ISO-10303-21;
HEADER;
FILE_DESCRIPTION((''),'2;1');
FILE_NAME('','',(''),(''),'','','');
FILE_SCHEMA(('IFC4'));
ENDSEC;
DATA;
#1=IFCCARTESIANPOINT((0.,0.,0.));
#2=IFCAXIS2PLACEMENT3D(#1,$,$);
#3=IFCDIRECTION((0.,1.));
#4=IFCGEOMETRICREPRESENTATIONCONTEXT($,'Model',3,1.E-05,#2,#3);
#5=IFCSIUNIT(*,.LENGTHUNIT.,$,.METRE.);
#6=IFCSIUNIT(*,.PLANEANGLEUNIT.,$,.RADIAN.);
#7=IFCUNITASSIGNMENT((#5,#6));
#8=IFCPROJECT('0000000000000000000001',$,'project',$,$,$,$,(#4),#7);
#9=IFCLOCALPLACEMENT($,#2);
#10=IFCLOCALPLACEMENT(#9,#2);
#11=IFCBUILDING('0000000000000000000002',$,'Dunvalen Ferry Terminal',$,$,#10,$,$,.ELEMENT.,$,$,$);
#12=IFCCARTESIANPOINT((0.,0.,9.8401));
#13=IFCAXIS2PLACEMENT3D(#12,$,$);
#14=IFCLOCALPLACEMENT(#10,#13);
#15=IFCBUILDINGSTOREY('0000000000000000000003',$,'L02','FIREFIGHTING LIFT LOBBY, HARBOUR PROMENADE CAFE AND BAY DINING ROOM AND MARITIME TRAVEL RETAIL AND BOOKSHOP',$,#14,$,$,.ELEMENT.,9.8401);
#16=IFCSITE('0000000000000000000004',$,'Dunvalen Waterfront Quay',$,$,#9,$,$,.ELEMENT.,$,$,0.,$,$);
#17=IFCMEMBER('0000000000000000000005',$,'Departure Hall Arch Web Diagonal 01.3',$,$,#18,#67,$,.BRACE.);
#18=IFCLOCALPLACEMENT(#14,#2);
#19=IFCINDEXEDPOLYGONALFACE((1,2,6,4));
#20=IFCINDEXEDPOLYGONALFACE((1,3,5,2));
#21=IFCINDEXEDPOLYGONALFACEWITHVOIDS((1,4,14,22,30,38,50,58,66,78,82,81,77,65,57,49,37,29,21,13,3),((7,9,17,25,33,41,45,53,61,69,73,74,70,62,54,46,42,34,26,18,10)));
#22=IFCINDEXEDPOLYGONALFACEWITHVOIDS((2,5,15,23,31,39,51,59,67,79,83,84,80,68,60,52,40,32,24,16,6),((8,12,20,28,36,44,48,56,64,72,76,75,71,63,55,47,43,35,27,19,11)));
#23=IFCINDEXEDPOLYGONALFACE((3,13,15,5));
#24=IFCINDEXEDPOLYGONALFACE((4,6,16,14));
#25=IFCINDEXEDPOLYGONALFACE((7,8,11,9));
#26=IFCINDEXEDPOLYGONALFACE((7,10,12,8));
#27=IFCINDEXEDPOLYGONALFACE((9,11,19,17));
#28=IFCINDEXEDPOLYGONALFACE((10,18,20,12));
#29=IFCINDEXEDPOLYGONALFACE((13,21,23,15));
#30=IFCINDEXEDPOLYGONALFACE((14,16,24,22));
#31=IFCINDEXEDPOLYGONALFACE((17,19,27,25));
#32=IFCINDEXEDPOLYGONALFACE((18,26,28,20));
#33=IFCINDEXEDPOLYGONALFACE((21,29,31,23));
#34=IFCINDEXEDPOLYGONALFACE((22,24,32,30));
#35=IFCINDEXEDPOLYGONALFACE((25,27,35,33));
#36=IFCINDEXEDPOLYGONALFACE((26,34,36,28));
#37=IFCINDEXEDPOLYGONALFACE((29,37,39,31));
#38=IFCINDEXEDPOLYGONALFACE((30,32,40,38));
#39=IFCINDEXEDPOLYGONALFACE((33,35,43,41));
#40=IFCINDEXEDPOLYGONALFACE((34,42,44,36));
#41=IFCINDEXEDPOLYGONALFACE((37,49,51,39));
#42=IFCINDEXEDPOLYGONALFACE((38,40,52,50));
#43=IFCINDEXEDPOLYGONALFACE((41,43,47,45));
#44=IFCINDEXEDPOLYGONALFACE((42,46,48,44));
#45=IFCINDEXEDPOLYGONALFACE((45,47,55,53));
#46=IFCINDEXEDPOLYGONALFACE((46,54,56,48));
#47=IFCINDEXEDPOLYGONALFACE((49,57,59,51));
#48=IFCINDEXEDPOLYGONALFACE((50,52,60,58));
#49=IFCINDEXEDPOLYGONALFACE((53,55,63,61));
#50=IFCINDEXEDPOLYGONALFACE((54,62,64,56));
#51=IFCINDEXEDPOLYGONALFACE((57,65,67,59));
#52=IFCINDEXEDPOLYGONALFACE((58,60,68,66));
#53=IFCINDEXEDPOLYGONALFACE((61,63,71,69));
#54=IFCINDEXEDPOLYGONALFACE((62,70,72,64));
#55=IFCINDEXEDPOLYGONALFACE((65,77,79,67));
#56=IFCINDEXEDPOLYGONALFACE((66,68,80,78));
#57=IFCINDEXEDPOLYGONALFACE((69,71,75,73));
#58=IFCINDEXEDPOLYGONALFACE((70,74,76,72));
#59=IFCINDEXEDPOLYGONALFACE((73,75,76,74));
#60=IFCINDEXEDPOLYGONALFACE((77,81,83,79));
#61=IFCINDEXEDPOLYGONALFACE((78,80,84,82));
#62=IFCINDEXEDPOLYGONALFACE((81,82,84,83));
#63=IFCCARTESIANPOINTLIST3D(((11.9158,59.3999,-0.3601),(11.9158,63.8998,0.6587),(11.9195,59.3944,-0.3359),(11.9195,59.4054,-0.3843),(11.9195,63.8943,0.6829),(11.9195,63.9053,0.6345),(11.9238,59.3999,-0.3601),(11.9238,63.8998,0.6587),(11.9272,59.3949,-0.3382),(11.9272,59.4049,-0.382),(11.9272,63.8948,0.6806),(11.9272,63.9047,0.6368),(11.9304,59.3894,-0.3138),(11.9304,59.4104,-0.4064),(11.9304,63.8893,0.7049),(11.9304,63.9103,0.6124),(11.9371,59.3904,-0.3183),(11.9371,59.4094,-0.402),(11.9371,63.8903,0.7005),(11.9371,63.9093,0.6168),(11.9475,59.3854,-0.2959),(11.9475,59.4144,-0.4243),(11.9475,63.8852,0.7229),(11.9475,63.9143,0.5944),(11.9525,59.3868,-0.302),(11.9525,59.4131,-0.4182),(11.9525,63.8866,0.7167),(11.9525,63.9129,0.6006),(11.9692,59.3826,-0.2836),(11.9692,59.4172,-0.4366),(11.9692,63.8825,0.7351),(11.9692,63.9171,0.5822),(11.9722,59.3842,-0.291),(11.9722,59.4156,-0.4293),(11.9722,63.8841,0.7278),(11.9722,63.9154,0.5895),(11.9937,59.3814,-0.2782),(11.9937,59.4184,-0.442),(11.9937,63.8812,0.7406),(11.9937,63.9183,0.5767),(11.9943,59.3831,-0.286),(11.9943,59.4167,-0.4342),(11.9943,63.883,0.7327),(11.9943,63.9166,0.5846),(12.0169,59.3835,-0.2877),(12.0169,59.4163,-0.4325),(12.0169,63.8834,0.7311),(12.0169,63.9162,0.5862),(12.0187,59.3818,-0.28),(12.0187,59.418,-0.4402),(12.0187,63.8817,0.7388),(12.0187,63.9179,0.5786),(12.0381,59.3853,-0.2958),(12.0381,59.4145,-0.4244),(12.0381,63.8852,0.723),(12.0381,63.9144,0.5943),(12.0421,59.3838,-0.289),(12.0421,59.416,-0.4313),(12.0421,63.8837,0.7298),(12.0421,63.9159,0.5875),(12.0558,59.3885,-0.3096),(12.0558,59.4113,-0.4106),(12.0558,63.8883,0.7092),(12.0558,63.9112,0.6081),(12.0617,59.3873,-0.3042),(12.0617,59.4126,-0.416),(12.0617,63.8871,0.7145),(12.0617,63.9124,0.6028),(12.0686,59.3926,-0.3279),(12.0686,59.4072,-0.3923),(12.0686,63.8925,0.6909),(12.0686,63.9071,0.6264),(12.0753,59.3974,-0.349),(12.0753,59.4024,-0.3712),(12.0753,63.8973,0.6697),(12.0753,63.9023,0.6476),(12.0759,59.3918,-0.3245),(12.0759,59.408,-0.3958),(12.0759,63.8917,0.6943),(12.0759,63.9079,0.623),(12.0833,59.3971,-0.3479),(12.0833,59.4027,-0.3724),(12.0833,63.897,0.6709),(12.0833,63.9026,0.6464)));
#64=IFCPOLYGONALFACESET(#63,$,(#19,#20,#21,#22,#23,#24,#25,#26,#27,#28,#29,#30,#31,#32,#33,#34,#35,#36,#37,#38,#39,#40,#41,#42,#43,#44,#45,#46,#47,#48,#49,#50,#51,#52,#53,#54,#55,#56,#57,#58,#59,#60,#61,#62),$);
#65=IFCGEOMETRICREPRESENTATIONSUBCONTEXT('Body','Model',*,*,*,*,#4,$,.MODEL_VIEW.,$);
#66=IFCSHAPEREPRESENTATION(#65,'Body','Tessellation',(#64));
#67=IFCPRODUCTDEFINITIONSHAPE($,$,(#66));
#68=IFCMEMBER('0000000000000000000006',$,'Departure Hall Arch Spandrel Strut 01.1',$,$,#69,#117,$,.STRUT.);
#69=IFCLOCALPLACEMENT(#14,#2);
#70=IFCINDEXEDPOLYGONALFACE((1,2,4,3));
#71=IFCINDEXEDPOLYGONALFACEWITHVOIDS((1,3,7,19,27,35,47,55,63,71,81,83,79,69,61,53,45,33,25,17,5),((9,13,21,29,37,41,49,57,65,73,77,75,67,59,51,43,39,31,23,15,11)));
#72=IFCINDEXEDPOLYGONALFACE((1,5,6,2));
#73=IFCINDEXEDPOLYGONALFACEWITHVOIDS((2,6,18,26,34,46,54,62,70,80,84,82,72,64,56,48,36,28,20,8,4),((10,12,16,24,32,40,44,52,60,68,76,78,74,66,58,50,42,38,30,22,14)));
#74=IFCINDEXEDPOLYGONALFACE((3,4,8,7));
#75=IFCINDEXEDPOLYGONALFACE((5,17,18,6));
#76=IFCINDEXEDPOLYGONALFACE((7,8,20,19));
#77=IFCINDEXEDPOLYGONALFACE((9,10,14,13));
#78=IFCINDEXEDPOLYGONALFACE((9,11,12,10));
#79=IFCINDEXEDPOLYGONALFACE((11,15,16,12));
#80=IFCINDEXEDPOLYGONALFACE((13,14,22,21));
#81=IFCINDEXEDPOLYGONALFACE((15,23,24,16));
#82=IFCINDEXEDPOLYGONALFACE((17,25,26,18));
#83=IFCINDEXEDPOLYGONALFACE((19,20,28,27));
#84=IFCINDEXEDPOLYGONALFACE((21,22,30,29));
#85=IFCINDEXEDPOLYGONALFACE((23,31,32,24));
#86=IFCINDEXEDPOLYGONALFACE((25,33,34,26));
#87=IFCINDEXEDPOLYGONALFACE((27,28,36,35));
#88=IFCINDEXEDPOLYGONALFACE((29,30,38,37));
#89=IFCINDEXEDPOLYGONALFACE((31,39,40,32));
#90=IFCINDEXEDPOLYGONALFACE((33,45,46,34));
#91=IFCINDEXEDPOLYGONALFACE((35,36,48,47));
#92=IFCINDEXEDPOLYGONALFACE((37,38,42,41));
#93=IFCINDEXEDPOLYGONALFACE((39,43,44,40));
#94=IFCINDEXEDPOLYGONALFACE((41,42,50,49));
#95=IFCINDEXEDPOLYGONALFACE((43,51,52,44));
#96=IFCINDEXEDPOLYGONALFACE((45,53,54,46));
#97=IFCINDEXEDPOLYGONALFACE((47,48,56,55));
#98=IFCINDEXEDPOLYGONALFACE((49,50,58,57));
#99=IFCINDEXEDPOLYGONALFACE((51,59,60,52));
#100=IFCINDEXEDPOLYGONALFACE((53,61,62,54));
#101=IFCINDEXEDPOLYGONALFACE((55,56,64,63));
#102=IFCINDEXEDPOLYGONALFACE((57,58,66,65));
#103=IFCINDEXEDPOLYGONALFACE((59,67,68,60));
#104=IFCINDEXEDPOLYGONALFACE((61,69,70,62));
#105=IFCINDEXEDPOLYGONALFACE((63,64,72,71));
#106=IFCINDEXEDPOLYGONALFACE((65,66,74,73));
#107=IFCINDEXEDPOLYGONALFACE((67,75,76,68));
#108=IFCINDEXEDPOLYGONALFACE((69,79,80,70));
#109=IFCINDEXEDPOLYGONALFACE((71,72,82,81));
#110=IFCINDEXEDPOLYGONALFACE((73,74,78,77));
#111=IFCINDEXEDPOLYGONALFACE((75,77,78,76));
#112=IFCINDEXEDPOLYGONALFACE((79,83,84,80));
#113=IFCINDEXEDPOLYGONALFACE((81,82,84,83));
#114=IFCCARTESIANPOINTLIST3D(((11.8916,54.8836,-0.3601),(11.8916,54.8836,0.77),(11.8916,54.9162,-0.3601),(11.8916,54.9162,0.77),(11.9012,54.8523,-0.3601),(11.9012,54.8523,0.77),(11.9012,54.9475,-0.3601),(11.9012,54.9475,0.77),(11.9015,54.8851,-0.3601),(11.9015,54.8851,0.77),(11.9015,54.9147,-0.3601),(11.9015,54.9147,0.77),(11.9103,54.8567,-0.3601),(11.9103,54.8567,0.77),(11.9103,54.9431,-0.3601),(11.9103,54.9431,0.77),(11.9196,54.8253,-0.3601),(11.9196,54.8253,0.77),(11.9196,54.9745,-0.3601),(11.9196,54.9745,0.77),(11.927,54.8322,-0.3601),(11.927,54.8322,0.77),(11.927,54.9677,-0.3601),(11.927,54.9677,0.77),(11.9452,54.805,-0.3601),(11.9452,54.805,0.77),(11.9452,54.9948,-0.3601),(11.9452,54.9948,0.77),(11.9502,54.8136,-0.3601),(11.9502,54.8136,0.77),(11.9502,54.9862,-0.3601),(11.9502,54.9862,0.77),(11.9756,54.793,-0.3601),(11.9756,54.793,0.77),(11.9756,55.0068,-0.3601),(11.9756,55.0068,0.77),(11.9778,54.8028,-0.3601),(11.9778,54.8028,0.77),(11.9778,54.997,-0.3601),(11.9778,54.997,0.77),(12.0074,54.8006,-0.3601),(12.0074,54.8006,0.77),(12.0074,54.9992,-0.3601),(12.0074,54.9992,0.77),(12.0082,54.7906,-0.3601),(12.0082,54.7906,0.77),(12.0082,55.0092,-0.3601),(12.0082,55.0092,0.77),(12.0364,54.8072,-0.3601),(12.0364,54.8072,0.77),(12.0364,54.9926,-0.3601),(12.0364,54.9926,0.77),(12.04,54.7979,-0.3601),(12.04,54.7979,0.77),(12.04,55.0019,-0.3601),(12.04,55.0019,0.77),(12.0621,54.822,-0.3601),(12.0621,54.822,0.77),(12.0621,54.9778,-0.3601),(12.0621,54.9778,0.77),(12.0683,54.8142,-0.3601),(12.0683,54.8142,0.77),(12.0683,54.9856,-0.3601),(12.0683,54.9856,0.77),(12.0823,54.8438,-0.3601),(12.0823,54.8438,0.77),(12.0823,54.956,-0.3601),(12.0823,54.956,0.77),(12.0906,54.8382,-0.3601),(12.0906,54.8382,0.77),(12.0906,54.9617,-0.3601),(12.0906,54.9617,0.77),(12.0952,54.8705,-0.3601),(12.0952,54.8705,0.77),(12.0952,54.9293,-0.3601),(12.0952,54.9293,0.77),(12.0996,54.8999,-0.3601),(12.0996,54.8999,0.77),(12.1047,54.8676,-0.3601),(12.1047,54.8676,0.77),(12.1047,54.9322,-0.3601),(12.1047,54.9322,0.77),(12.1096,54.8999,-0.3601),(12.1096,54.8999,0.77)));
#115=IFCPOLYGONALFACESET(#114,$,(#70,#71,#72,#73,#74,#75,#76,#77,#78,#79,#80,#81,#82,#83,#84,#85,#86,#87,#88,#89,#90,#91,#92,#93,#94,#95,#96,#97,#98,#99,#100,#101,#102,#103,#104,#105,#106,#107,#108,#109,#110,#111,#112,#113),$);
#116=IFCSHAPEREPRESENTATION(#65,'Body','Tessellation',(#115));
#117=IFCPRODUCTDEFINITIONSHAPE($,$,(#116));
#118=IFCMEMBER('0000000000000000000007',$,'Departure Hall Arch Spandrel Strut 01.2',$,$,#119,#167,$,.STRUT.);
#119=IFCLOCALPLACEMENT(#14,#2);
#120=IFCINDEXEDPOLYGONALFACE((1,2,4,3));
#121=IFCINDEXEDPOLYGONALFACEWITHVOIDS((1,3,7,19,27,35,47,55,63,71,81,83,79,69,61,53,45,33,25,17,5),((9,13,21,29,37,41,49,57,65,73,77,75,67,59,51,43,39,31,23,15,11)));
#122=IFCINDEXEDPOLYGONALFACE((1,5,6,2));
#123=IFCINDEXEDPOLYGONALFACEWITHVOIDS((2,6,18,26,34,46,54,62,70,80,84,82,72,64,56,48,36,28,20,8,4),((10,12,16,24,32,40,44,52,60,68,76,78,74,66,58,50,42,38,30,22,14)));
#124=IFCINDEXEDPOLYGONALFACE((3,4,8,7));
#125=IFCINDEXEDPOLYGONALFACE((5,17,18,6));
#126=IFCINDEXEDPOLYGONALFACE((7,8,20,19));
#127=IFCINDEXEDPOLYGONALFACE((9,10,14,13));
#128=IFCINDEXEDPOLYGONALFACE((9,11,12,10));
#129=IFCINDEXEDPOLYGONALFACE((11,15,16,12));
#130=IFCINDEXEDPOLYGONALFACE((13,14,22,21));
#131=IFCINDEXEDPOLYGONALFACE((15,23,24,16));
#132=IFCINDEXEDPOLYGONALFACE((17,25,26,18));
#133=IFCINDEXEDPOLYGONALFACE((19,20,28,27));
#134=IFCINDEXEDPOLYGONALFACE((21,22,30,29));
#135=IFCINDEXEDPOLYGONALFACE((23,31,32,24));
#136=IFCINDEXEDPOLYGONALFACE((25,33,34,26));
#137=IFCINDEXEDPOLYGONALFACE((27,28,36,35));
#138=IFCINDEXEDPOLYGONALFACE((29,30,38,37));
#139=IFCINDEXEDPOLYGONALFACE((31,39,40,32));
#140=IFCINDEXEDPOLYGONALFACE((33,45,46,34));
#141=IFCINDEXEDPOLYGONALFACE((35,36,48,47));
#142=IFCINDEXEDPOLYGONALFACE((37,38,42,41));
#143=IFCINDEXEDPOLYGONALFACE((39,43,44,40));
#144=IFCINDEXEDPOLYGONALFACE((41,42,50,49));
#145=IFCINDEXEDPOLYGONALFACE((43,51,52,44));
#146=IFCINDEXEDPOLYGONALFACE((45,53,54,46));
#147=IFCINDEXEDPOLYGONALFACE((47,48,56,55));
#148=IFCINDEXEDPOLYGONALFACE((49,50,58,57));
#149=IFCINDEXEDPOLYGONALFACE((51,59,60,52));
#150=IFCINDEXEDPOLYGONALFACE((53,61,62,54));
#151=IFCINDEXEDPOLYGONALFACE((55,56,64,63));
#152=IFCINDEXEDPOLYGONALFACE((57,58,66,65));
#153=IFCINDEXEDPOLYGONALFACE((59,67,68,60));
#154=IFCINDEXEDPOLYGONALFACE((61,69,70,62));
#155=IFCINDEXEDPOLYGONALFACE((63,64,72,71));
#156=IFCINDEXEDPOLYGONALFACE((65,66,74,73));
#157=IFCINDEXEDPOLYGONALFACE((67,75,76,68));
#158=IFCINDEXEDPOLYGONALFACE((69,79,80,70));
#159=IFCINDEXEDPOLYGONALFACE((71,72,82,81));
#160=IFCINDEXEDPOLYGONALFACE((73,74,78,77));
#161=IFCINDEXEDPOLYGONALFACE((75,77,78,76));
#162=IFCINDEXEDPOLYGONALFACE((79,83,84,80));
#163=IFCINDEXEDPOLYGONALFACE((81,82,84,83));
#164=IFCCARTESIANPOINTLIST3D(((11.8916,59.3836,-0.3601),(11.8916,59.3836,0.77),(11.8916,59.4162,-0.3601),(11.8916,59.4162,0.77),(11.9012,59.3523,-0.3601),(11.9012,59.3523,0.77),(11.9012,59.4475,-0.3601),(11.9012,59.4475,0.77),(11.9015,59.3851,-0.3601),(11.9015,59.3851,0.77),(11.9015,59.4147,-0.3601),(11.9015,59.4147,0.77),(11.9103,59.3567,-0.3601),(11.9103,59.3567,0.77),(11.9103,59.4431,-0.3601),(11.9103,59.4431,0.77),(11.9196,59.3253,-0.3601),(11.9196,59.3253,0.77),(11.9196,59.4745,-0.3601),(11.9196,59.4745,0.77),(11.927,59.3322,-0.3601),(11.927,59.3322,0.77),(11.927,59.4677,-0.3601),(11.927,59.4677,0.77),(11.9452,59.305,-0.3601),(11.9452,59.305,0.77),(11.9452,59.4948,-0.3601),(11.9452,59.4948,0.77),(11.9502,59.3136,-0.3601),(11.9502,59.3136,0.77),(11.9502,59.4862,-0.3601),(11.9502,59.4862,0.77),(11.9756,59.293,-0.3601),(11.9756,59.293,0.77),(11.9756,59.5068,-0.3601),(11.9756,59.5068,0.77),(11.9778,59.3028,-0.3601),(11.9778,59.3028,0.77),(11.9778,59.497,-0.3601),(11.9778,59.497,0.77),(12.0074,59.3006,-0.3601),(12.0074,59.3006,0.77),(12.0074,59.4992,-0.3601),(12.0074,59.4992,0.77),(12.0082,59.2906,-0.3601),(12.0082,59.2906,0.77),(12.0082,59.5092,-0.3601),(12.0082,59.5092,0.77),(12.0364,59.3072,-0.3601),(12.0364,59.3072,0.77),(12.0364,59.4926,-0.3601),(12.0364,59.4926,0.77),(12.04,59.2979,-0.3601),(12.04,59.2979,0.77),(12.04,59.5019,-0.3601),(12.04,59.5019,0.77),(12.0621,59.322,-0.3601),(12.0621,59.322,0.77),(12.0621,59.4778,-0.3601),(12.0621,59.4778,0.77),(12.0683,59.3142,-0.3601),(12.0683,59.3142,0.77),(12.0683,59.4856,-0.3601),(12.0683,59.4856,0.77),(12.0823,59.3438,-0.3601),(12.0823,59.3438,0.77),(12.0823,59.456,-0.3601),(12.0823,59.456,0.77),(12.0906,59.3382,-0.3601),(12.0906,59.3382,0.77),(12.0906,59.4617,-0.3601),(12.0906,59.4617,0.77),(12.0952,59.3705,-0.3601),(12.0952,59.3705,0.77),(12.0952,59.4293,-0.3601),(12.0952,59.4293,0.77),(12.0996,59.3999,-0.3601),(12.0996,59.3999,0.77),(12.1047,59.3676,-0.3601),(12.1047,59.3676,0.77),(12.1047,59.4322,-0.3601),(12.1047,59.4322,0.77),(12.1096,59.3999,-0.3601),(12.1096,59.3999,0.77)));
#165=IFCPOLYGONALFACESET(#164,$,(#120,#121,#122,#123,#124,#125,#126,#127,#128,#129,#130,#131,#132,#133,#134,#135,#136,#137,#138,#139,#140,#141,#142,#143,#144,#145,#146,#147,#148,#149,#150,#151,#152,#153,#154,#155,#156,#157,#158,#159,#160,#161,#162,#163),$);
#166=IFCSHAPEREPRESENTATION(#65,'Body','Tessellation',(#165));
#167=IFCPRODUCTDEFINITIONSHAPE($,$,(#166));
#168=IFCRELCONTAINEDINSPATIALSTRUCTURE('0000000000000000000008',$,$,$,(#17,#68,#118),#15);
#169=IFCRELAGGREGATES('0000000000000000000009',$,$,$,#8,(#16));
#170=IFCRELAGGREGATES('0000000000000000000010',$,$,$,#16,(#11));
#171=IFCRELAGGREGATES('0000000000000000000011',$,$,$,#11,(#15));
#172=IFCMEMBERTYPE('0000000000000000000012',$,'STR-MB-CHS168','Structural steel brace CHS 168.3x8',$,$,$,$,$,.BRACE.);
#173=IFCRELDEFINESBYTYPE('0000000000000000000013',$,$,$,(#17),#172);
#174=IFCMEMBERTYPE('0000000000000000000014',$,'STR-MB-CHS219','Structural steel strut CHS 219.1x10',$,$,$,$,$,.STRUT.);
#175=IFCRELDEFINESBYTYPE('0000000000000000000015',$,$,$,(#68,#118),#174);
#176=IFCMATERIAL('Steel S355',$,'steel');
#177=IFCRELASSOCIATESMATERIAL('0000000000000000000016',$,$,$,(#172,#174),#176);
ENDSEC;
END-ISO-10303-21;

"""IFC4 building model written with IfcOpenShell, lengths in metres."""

from ifc_helpers import new_model, si_unit, direction, frame, origin, origin_2d, place, context, subcontext, project, spatial, hollow_circle, extrude, material, material_profile, profile_set, type_object, element, save


model = new_model("IFC4")

# Units and contexts
model_context = context("Model", 3, precision=1e-05, world=origin(), true_north=direction((0.0, 1.0)))
body_context = subcontext(model_context, "Body", "Model", "MODEL_VIEW")
ifc_project = project(units=[si_unit("LENGTHUNIT", "METRE"), si_unit("PLANEANGLEUNIT", "RADIAN")], contexts=[model_context])

# Site, building, storey
site_placement = place(None, origin())
site = spatial("IfcSite", under=ifc_project, at=site_placement, Name="Dunvalen Waterfront Quay", CompositionType="ELEMENT", RefElevation=0.0)
building_placement = place(site_placement, origin())
building = spatial("IfcBuilding", under=site, at=building_placement, Name="Dunvalen Ferry Terminal", CompositionType="ELEMENT")
storey_placement = place(building_placement, frame((0.0, 0.0, 9.8401)))
storey = spatial("IfcBuildingStorey", under=building, at=storey_placement, Name="L02", Description="FIREFIGHTING LIFT LOBBY, HARBOUR PROMENADE CAFE AND BAY DINING ROOM AND MARITIME TRAVEL RETAIL AND BOOKSHOP", CompositionType="ELEMENT", Elevation=9.8401)

# Shared definitions
ifc_material_1 = material(Name="Steel S355", Category="steel")

# Members
ifc_material_profile_1 = material_profile(ifc_material_1, hollow_circle(Radius=0.0842, WallThickness=0.0081, at=origin_2d()), Name="Steel S355")
ifc_profile_set_1 = profile_set([ifc_material_profile_1], Name="Steel S355")
member_type_1 = type_object("IfcMemberType", Name="STR-MB-CHS168", Description="Structural steel brace CHS 168.3x8", PredefinedType="BRACE", material=ifc_profile_set_1)
member_1_placement = place(storey_placement, frame((12.0, 59.3999, -0.3601), z_axis=(0.0, 0.975317, 0.220811), x_axis=(-1.0, 0.0, 0.0)))
element("IfcMember", 1, at=member_1_placement, inside=storey, type_object=member_type_1, Name="Departure Hall Arch Web Diagonal 01.3", PredefinedType="BRACE", context=body_context, shape_type="SweptSolid", body=[
    extrude(hollow_circle(Radius=0.0842, WallThickness=0.0081, at=origin_2d()), origin(), (0.0, 0.0, 1.0), 4.6138),
])
ifc_material_profile_2 = material_profile(ifc_material_1, hollow_circle(Radius=0.1096, WallThickness=0.01, at=origin_2d()), Name="Steel S355")
ifc_profile_set_2 = profile_set([ifc_material_profile_2], Name="Steel S355")
member_type_2 = type_object("IfcMemberType", Name="STR-MB-CHS219", Description="Structural steel strut CHS 219.1x10", PredefinedType="STRUT", material=ifc_profile_set_2)
for number, where, z_axis, x_axis, name in (
    (2, (12.0, 54.8999, -0.3601), (0.0, 0.0, 1.0), (1.0, 0.0, 0.0), "Departure Hall Arch Spandrel Strut 01.1"),
    (3, (12.0, 59.3999, -0.3601), (0.0, 0.0, 1.0), (1.0, 0.0, 0.0), "Departure Hall Arch Spandrel Strut 01.2"),
):
    element("IfcMember", number, at=place(storey_placement, frame(where, z_axis=z_axis, x_axis=x_axis)), inside=storey, type_object=member_type_2, Name=name, PredefinedType="STRUT", context=body_context, shape_type="SweptSolid", body=[
        extrude(hollow_circle(Radius=0.1096, WallThickness=0.01, at=origin_2d()), origin(), (0.0, 0.0, 1.0), 1.1301),
    ])

save(model, "model.ifc")
